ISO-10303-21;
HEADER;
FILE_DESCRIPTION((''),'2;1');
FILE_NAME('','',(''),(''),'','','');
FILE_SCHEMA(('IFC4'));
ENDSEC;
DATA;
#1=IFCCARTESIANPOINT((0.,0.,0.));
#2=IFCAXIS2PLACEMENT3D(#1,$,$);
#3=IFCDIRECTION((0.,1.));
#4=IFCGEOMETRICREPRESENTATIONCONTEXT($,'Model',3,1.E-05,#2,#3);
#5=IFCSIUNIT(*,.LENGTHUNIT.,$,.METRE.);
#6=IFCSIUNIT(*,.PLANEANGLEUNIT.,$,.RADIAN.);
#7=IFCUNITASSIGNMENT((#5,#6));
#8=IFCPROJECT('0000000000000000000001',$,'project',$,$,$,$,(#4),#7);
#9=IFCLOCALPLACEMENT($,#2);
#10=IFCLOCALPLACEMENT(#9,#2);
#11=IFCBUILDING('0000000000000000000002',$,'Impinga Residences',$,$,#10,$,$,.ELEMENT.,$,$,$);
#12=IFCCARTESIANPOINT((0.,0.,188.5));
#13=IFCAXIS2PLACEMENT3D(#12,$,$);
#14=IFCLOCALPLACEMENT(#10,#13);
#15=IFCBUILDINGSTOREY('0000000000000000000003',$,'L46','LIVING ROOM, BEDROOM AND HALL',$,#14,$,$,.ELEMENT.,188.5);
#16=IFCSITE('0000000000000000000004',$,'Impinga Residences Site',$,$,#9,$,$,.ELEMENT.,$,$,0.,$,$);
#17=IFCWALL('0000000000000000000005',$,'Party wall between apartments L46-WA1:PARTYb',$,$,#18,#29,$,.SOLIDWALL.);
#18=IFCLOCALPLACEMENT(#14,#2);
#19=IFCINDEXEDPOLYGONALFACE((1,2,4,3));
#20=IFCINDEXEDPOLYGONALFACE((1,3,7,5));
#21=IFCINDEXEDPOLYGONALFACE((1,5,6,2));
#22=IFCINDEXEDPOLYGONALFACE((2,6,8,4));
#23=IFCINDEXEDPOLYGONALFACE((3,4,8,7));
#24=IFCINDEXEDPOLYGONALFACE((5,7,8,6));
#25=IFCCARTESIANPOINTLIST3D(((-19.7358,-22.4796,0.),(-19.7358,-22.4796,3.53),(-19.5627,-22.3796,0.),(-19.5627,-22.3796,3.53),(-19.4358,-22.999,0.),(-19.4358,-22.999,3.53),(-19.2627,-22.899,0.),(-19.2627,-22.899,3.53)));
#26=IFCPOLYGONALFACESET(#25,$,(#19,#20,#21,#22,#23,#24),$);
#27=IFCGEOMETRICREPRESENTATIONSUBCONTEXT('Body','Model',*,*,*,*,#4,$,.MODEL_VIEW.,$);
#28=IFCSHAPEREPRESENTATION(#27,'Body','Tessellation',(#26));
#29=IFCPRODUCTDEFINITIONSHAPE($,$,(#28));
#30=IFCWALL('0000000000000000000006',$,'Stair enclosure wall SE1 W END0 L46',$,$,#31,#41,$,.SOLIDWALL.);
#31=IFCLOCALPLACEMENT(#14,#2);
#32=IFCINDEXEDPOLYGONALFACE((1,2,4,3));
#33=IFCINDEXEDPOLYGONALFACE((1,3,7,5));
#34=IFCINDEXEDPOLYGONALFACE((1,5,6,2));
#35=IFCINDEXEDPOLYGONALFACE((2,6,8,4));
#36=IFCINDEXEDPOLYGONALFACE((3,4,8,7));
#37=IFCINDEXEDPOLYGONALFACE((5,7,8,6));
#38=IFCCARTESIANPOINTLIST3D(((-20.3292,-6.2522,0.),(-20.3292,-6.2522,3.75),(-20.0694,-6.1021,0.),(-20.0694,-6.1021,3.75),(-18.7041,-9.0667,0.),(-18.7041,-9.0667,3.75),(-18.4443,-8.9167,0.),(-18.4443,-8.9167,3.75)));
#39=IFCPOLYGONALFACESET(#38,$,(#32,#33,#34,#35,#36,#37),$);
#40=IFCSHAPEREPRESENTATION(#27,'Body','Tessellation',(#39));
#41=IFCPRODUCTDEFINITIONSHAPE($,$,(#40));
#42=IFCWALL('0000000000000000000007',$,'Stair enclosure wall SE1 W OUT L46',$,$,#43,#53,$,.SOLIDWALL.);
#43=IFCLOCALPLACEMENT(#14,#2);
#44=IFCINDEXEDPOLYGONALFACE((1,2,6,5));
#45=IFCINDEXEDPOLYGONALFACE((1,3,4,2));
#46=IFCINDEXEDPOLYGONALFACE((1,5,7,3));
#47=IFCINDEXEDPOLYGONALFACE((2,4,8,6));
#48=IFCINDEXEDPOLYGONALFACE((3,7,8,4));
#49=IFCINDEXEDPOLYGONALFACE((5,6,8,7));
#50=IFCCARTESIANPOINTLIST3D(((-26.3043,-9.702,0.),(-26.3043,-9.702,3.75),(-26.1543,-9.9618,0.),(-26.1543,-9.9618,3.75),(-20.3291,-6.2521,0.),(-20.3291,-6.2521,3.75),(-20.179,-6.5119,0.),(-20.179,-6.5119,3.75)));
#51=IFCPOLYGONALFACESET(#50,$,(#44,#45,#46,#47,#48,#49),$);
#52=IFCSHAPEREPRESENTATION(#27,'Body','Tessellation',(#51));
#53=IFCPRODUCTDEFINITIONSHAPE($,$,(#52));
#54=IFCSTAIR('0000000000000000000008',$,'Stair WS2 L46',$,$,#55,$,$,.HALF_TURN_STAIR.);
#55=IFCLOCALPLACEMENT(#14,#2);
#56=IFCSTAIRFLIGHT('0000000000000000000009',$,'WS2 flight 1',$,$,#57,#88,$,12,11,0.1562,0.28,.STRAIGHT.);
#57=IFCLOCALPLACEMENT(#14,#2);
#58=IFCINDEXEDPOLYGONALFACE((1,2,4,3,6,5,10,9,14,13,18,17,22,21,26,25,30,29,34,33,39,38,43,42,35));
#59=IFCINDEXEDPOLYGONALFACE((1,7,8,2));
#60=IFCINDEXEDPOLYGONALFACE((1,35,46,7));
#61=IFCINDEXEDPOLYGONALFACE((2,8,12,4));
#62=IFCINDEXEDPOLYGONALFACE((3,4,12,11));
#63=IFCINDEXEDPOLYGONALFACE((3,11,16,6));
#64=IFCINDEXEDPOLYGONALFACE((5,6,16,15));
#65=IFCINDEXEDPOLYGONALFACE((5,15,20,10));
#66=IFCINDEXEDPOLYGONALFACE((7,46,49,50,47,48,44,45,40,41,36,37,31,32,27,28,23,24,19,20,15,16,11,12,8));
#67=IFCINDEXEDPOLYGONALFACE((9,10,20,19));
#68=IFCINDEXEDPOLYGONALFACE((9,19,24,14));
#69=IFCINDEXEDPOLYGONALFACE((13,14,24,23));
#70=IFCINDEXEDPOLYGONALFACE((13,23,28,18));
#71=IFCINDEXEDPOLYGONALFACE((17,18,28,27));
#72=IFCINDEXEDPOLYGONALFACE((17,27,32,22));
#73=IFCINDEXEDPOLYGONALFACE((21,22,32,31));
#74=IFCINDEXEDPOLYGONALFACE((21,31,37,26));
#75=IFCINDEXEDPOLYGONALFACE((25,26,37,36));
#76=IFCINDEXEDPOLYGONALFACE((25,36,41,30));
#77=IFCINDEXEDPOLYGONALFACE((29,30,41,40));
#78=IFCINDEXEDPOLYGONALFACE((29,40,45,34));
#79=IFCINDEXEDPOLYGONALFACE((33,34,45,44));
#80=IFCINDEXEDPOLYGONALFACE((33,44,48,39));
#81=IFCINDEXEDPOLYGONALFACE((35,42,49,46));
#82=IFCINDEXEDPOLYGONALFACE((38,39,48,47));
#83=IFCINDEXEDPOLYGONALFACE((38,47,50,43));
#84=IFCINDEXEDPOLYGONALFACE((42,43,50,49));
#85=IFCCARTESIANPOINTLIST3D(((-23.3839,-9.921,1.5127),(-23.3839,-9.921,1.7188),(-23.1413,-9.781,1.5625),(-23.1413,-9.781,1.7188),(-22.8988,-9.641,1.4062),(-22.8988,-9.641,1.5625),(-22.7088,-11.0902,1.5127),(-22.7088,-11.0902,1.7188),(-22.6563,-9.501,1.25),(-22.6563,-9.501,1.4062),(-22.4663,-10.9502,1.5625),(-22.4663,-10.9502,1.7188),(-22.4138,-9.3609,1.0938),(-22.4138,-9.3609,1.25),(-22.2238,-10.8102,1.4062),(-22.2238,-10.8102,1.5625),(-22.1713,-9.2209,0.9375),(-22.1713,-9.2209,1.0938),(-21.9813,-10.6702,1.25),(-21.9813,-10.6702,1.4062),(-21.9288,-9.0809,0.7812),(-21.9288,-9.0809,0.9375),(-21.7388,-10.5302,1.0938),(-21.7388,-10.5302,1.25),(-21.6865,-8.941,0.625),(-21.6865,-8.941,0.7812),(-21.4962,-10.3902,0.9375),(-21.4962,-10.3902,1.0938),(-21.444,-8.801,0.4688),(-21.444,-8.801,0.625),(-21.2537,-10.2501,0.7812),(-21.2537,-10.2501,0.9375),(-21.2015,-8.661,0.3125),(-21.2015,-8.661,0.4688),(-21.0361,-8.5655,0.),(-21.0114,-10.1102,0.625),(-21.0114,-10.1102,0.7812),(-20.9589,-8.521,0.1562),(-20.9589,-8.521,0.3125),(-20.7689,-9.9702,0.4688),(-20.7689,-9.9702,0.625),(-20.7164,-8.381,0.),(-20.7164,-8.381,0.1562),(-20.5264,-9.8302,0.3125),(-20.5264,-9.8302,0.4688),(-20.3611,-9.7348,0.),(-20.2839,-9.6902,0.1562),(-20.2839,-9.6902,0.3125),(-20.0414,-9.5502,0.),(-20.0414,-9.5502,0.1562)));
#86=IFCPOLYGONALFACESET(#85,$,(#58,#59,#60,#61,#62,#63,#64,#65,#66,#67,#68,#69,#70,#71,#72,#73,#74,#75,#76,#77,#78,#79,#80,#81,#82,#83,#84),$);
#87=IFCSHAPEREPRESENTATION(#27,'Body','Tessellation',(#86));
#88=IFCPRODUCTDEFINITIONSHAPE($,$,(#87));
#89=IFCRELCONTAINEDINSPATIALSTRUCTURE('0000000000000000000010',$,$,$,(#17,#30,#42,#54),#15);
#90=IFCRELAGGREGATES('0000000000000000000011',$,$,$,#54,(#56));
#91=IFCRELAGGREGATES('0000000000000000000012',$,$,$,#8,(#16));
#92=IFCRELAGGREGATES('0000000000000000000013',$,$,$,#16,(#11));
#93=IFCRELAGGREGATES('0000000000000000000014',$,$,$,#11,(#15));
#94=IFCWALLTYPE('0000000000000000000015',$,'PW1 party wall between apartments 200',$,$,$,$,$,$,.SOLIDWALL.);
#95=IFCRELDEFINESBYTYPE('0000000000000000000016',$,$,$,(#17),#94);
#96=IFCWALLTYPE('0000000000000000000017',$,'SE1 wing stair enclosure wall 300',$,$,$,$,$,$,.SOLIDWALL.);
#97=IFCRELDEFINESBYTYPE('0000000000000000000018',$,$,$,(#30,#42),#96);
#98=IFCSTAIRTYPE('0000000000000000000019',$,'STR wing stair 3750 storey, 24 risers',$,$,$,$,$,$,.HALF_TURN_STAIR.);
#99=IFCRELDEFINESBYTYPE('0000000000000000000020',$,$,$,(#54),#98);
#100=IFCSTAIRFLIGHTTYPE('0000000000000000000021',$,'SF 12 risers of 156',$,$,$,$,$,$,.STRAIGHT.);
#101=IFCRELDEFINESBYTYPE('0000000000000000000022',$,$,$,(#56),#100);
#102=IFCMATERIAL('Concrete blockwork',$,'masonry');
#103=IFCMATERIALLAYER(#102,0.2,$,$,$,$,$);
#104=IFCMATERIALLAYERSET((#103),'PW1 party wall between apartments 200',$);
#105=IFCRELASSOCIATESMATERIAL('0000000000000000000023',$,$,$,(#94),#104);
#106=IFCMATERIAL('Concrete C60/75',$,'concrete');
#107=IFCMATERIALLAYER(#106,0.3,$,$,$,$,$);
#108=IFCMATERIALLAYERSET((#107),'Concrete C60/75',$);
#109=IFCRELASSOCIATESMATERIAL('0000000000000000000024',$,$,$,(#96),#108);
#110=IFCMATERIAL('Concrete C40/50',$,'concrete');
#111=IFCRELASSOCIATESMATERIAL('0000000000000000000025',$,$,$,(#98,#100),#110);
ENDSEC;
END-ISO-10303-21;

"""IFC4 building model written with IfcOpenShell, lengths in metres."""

from ifc_helpers import new_model, si_unit, direction, frame, frame_2d, origin, place, context, subcontext, project, spatial, polyline, rectangle, outline, extrude, material, layer, layer_set, type_object, element, aggregate, save


model = new_model("IFC4")

# Units and contexts
model_context = context("Model", 3, precision=1e-05, world=origin(), true_north=direction((0.0, 1.0)))
body_context = subcontext(model_context, "Body", "Model", "MODEL_VIEW")
ifc_project = project(units=[si_unit("LENGTHUNIT", "METRE"), si_unit("PLANEANGLEUNIT", "RADIAN")], contexts=[model_context])

# Site, building, storey
site_placement = place(None, origin())
site = spatial("IfcSite", under=ifc_project, at=site_placement, Name="Impinga Residences Site", CompositionType="ELEMENT", RefElevation=0.0)
building_placement = place(site_placement, origin())
building = spatial("IfcBuilding", under=site, at=building_placement, Name="Impinga Residences", CompositionType="ELEMENT")
storey_placement = place(building_placement, frame((0.0, 0.0, 188.5)))
storey = spatial("IfcBuildingStorey", under=building, at=storey_placement, Name="L46", Description="LIVING ROOM, BEDROOM AND HALL", CompositionType="ELEMENT", Elevation=188.5)

# Shared definitions
ifc_material_1 = material(Name="Concrete C60/75", Category="concrete")

# Walls
ifc_material_2 = material(Name="Concrete blockwork", Category="masonry")
ifc_layer_1 = layer(ifc_material_2, 0.2)
ifc_layer_set_1 = layer_set([ifc_layer_1], Name="PW1 party wall between apartments 200")
wall_type_1 = type_object("IfcWallType", Name="PW1 party wall between apartments 200", PredefinedType="SOLIDWALL", material=ifc_layer_set_1)
wall_1_placement = place(storey_placement, frame((-19.6492, -22.4297, 0.0), z_axis=(0.0, 0.0, 1.0), x_axis=(0.500122, -0.865955, 0.0)))
element("IfcWall", 1, at=wall_1_placement, inside=storey, type_object=wall_type_1, Name="Party wall between apartments L46-WA1:PARTYb", PredefinedType="SOLIDWALL", context=body_context, shape_type="SweptSolid", body=[
    extrude(rectangle(XDim=0.5999, YDim=0.2, at=frame_2d((0.2998, 0.0))), origin(), (0.0, 0.0, 1.0), 3.53),
])
ifc_layer_2 = layer(ifc_material_1, 0.3)
ifc_layer_set_2 = layer_set([ifc_layer_2], Name="Concrete C60/75")
wall_type_2 = type_object("IfcWallType", Name="SE1 wing stair enclosure wall 300", PredefinedType="SOLIDWALL", material=ifc_layer_set_2)
wall_2_placement = place(storey_placement, frame((-18.5742, -8.9917, 0.0), z_axis=(0.0, 0.0, 1.0), x_axis=(-0.500017, 0.866015, 0.0)))
element("IfcWall", 2, at=wall_2_placement, inside=storey, type_object=wall_type_2, Name="Stair enclosure wall SE1 W END0 L46", PredefinedType="SOLIDWALL", context=body_context, shape_type="SweptSolid", body=[
    extrude(rectangle(XDim=3.25, YDim=0.3, at=frame_2d((1.625, 0.0))), origin(), (0.0, 0.0, 1.0), 3.75),
])
wall_3_placement = place(storey_placement, frame((-20.2542, -6.3821, 0.0), z_axis=(0.0, 0.0, 1.0), x_axis=(-0.86602, -0.500009, 0.0)))
element("IfcWall", 3, at=wall_3_placement, inside=storey, type_object=wall_type_2, Name="Stair enclosure wall SE1 W OUT L46", PredefinedType="SOLIDWALL", context=body_context, shape_type="SweptSolid", body=[
    extrude(rectangle(XDim=6.8997, YDim=0.3, at=frame_2d((3.4497, 0.0))), origin(), (0.0, 0.0, 1.0), 3.75),
])

# Stair, stair flight
ifc_material_3 = material(Name="Concrete C40/50", Category="concrete")
stair_type = type_object("IfcStairType", Name="STR wing stair 3750 storey, 24 risers", PredefinedType="HALF_TURN_STAIR", material=ifc_material_3)
stair_placement = place(storey_placement, origin())
stair = element("IfcStair", 4, at=stair_placement, inside=storey, type_object=stair_type, Name="Stair WS2 L46", PredefinedType="HALF_TURN_STAIR")
stair_flight_type = type_object("IfcStairFlightType", Name="SF 12 risers of 156", PredefinedType="STRAIGHT", material=ifc_material_3)
stair_flight_placement = place(storey_placement, frame((-20.3789, -8.9656, 0.0), z_axis=(0.0, 0.0, 1.0), x_axis=(-0.866025, -0.5, 0.0)))
stair_flight = element("IfcStairFlight", 5, at=stair_flight_placement, type_object=stair_flight_type, Name="WS2 flight 1", NumberOfRisers=12, NumberOfTreads=11, PredefinedType="STRAIGHT", RiserHeight=0.1562, TreadLength=0.28, context=body_context, shape_type="SweptSolid", body=[
    extrude(outline(polyline([(0.0, 0.0), (0.0, 0.1562), (0.28, 0.1562), (0.28, 0.3125), (0.5601, 0.3125), (0.5601, 0.4688), (0.8401, 0.4688), (0.8401, 0.625), (1.1201, 0.625), (1.1201, 0.7812), (1.3999, 0.7812), (1.3999, 0.9375), (1.6799, 0.9375), (1.6799, 1.0938), (1.96, 1.0938), (1.96, 1.25), (2.24, 1.25), (2.24, 1.4062), (2.52, 1.4062), (2.52, 1.5625), (2.8, 1.5625), (2.8, 1.7188), (3.0801, 1.7188), (3.0801, 1.875), (3.0801, 1.5127), (0.3691, 0.0), (0.0, 0.0)])), frame((0.0, 0.675, 0.0), z_axis=(0.0, -1.0, 0.0), x_axis=(1.0, 0.0, 0.0)), (0.0, 0.0, 1.0), 1.3501),
])
aggregate(stair, [stair_flight])

save(model, "model.ifc")
